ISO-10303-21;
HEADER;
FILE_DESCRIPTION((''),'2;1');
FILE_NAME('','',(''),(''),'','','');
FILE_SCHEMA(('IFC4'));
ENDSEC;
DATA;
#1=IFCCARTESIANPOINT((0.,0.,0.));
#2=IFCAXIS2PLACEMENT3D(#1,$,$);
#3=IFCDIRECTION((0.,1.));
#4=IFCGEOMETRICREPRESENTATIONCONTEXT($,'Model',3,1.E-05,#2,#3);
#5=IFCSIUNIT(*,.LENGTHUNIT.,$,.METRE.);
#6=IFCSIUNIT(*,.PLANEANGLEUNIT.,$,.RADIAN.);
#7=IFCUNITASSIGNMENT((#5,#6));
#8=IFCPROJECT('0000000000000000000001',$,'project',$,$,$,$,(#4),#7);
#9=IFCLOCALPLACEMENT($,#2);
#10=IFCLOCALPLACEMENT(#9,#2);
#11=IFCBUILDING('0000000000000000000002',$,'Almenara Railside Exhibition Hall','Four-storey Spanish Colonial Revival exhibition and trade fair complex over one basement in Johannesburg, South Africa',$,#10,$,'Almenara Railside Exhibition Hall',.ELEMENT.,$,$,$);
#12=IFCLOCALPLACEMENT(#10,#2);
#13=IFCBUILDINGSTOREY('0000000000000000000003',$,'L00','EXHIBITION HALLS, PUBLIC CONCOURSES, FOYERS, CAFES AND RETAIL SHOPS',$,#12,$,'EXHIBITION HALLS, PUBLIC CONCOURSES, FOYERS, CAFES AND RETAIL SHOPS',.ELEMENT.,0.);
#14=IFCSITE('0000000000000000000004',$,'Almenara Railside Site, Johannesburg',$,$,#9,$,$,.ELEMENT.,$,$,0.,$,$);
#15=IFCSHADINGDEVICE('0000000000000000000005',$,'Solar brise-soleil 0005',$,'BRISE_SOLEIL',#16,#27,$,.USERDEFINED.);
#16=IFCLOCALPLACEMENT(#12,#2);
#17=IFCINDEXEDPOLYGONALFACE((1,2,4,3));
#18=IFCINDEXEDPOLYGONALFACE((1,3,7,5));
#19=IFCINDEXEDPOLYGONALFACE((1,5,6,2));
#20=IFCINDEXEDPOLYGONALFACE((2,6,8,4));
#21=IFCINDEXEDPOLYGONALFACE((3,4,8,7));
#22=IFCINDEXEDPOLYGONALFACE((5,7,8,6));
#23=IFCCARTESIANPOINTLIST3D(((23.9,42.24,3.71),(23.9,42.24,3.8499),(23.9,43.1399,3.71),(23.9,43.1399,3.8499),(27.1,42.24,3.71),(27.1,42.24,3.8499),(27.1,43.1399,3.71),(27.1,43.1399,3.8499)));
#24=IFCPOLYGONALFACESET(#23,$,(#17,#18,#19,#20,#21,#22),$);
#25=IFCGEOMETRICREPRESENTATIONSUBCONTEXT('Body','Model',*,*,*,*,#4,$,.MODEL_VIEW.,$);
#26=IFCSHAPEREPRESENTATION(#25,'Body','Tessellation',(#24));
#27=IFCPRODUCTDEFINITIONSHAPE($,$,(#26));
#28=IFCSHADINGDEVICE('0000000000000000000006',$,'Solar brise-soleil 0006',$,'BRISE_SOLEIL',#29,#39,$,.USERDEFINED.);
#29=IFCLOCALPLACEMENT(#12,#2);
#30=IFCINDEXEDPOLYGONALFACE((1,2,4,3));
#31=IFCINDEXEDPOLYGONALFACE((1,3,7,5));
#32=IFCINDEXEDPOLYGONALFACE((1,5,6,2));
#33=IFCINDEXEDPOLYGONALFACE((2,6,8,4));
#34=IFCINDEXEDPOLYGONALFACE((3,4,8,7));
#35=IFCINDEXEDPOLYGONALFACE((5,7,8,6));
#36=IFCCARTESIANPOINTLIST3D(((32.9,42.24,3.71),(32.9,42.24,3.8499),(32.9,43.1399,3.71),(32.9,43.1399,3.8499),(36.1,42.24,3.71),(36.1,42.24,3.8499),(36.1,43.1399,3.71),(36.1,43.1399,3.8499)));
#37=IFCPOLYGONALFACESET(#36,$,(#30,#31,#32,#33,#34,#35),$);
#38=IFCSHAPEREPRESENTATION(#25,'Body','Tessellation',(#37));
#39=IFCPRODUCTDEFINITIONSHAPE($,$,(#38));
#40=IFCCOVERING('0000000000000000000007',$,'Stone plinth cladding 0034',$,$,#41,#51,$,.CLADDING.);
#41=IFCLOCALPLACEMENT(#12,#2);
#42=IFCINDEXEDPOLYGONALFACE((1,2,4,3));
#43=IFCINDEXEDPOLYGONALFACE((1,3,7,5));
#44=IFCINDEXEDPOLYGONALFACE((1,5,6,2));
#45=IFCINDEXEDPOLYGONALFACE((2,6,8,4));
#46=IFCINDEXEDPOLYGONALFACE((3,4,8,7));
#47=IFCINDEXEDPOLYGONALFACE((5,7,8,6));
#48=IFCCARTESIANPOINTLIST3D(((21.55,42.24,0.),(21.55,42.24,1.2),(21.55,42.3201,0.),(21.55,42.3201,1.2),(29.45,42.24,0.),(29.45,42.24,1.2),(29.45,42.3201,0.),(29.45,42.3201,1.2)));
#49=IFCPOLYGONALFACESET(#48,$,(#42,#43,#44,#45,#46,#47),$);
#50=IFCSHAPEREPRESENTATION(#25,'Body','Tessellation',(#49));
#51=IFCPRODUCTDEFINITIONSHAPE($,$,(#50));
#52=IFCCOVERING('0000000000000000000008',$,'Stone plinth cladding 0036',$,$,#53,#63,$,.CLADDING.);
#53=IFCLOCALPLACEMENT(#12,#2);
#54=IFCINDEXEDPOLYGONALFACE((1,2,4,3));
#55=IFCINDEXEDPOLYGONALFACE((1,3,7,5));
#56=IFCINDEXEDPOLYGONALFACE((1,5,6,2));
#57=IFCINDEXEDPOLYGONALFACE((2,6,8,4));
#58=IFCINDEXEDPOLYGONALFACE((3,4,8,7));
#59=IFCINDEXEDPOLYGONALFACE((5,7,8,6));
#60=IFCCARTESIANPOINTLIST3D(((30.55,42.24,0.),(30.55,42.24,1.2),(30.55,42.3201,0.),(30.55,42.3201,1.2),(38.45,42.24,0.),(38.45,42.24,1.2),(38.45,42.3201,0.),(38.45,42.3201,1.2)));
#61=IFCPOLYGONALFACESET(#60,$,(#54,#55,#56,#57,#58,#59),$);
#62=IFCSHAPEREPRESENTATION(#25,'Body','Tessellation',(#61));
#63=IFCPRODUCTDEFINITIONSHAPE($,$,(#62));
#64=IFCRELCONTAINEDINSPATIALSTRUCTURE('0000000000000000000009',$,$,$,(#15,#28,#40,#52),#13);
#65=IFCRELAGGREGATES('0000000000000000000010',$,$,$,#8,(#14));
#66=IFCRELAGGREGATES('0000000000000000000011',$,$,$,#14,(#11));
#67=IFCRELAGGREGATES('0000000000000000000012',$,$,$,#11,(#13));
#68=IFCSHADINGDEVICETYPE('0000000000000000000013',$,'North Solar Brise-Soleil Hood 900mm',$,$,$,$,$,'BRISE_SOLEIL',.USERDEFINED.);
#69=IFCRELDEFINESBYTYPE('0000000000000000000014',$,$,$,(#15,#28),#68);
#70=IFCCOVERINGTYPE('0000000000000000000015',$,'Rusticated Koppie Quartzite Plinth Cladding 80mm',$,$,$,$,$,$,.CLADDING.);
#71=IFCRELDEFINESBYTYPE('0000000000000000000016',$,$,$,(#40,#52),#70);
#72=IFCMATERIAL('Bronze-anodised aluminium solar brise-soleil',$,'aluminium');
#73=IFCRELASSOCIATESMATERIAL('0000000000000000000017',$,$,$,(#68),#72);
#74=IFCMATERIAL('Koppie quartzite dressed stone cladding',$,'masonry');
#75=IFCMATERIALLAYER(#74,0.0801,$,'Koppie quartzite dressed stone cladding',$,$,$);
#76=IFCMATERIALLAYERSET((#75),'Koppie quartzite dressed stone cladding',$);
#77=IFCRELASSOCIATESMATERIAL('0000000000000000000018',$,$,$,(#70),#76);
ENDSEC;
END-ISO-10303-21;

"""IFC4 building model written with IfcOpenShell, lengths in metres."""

from ifc_helpers import new_model, si_unit, direction, frame, origin, origin_2d, place, context, subcontext, project, spatial, rectangle, extrude, material, layer, layer_set, type_object, element, save


model = new_model("IFC4")

# Units and contexts
model_context = context("Model", 3, precision=1e-05, world=origin(), true_north=direction((0.0, 1.0)))
body_context = subcontext(model_context, "Body", "Model", "MODEL_VIEW")
ifc_project = project(units=[si_unit("LENGTHUNIT", "METRE"), si_unit("PLANEANGLEUNIT", "RADIAN")], contexts=[model_context])

# Site, building, storey
site_placement = place(None, origin())
site = spatial("IfcSite", under=ifc_project, at=site_placement, Name="Almenara Railside Site, Johannesburg", CompositionType="ELEMENT", RefElevation=0.0)
building_placement = place(site_placement, origin())
building = spatial("IfcBuilding", under=site, at=building_placement, Name="Almenara Railside Exhibition Hall", Description="Four-storey Spanish Colonial Revival exhibition and trade fair complex over one basement in Johannesburg, South Africa", LongName="Almenara Railside Exhibition Hall", CompositionType="ELEMENT")
storey_placement = place(building_placement, origin())
storey = spatial("IfcBuildingStorey", under=building, at=storey_placement, Name="L00", Description="EXHIBITION HALLS, PUBLIC CONCOURSES, FOYERS, CAFES AND RETAIL SHOPS", LongName="EXHIBITION HALLS, PUBLIC CONCOURSES, FOYERS, CAFES AND RETAIL SHOPS", CompositionType="ELEMENT", Elevation=0.0)

# Shading devices
ifc_material_1 = material(Name="Bronze-anodised aluminium solar brise-soleil", Category="aluminium")
shading_device_type = type_object("IfcShadingDeviceType", Name="North Solar Brise-Soleil Hood 900mm", ElementType="BRISE_SOLEIL", PredefinedType="USERDEFINED", material=ifc_material_1)
for number, where, z_axis, x_axis, name in (
    (1, (25.5, 42.6899, 3.71), (0.0, 0.0, 1.0), (-1.0, 0.0, 0.0), "Solar brise-soleil 0005"),
    (2, (34.5, 42.6899, 3.71), (0.0, 0.0, 1.0), (-1.0, 0.0, 0.0), "Solar brise-soleil 0006"),
):
    element("IfcShadingDevice", number, at=place(storey_placement, frame(where, z_axis=z_axis, x_axis=x_axis)), inside=storey, type_object=shading_device_type, Name=name, ObjectType="BRISE_SOLEIL", PredefinedType="USERDEFINED", context=body_context, shape_type="SweptSolid", body=[
        extrude(rectangle(XDim=3.2, YDim=0.8999, at=origin_2d()), origin(), (0.0, 0.0, 1.0), 0.1399),
    ])

# Coverings
ifc_material_2 = material(Name="Koppie quartzite dressed stone cladding", Category="masonry")
ifc_layer_1 = layer(ifc_material_2, 0.0801, Name="Koppie quartzite dressed stone cladding")
ifc_layer_set_1 = layer_set([ifc_layer_1], Name="Koppie quartzite dressed stone cladding")
covering_type = type_object("IfcCoveringType", Name="Rusticated Koppie Quartzite Plinth Cladding 80mm", PredefinedType="CLADDING", material=ifc_layer_set_1)
for number, where, z_axis, x_axis, name in (
    (3, (25.5, 42.28, 0.0), (0.0, 0.0, 1.0), (-1.0, 0.0, 0.0), "Stone plinth cladding 0034"),
    (4, (34.5, 42.28, 0.0), (0.0, 0.0, 1.0), (-1.0, 0.0, 0.0), "Stone plinth cladding 0036"),
):
    element("IfcCovering", number, at=place(storey_placement, frame(where, z_axis=z_axis, x_axis=x_axis)), inside=storey, type_object=covering_type, Name=name, PredefinedType="CLADDING", context=body_context, shape_type="SweptSolid", body=[
        extrude(rectangle(XDim=7.8999, YDim=0.0801, at=origin_2d()), origin(), (0.0, 0.0, 1.0), 1.2),
    ])

save(model, "model.ifc")
